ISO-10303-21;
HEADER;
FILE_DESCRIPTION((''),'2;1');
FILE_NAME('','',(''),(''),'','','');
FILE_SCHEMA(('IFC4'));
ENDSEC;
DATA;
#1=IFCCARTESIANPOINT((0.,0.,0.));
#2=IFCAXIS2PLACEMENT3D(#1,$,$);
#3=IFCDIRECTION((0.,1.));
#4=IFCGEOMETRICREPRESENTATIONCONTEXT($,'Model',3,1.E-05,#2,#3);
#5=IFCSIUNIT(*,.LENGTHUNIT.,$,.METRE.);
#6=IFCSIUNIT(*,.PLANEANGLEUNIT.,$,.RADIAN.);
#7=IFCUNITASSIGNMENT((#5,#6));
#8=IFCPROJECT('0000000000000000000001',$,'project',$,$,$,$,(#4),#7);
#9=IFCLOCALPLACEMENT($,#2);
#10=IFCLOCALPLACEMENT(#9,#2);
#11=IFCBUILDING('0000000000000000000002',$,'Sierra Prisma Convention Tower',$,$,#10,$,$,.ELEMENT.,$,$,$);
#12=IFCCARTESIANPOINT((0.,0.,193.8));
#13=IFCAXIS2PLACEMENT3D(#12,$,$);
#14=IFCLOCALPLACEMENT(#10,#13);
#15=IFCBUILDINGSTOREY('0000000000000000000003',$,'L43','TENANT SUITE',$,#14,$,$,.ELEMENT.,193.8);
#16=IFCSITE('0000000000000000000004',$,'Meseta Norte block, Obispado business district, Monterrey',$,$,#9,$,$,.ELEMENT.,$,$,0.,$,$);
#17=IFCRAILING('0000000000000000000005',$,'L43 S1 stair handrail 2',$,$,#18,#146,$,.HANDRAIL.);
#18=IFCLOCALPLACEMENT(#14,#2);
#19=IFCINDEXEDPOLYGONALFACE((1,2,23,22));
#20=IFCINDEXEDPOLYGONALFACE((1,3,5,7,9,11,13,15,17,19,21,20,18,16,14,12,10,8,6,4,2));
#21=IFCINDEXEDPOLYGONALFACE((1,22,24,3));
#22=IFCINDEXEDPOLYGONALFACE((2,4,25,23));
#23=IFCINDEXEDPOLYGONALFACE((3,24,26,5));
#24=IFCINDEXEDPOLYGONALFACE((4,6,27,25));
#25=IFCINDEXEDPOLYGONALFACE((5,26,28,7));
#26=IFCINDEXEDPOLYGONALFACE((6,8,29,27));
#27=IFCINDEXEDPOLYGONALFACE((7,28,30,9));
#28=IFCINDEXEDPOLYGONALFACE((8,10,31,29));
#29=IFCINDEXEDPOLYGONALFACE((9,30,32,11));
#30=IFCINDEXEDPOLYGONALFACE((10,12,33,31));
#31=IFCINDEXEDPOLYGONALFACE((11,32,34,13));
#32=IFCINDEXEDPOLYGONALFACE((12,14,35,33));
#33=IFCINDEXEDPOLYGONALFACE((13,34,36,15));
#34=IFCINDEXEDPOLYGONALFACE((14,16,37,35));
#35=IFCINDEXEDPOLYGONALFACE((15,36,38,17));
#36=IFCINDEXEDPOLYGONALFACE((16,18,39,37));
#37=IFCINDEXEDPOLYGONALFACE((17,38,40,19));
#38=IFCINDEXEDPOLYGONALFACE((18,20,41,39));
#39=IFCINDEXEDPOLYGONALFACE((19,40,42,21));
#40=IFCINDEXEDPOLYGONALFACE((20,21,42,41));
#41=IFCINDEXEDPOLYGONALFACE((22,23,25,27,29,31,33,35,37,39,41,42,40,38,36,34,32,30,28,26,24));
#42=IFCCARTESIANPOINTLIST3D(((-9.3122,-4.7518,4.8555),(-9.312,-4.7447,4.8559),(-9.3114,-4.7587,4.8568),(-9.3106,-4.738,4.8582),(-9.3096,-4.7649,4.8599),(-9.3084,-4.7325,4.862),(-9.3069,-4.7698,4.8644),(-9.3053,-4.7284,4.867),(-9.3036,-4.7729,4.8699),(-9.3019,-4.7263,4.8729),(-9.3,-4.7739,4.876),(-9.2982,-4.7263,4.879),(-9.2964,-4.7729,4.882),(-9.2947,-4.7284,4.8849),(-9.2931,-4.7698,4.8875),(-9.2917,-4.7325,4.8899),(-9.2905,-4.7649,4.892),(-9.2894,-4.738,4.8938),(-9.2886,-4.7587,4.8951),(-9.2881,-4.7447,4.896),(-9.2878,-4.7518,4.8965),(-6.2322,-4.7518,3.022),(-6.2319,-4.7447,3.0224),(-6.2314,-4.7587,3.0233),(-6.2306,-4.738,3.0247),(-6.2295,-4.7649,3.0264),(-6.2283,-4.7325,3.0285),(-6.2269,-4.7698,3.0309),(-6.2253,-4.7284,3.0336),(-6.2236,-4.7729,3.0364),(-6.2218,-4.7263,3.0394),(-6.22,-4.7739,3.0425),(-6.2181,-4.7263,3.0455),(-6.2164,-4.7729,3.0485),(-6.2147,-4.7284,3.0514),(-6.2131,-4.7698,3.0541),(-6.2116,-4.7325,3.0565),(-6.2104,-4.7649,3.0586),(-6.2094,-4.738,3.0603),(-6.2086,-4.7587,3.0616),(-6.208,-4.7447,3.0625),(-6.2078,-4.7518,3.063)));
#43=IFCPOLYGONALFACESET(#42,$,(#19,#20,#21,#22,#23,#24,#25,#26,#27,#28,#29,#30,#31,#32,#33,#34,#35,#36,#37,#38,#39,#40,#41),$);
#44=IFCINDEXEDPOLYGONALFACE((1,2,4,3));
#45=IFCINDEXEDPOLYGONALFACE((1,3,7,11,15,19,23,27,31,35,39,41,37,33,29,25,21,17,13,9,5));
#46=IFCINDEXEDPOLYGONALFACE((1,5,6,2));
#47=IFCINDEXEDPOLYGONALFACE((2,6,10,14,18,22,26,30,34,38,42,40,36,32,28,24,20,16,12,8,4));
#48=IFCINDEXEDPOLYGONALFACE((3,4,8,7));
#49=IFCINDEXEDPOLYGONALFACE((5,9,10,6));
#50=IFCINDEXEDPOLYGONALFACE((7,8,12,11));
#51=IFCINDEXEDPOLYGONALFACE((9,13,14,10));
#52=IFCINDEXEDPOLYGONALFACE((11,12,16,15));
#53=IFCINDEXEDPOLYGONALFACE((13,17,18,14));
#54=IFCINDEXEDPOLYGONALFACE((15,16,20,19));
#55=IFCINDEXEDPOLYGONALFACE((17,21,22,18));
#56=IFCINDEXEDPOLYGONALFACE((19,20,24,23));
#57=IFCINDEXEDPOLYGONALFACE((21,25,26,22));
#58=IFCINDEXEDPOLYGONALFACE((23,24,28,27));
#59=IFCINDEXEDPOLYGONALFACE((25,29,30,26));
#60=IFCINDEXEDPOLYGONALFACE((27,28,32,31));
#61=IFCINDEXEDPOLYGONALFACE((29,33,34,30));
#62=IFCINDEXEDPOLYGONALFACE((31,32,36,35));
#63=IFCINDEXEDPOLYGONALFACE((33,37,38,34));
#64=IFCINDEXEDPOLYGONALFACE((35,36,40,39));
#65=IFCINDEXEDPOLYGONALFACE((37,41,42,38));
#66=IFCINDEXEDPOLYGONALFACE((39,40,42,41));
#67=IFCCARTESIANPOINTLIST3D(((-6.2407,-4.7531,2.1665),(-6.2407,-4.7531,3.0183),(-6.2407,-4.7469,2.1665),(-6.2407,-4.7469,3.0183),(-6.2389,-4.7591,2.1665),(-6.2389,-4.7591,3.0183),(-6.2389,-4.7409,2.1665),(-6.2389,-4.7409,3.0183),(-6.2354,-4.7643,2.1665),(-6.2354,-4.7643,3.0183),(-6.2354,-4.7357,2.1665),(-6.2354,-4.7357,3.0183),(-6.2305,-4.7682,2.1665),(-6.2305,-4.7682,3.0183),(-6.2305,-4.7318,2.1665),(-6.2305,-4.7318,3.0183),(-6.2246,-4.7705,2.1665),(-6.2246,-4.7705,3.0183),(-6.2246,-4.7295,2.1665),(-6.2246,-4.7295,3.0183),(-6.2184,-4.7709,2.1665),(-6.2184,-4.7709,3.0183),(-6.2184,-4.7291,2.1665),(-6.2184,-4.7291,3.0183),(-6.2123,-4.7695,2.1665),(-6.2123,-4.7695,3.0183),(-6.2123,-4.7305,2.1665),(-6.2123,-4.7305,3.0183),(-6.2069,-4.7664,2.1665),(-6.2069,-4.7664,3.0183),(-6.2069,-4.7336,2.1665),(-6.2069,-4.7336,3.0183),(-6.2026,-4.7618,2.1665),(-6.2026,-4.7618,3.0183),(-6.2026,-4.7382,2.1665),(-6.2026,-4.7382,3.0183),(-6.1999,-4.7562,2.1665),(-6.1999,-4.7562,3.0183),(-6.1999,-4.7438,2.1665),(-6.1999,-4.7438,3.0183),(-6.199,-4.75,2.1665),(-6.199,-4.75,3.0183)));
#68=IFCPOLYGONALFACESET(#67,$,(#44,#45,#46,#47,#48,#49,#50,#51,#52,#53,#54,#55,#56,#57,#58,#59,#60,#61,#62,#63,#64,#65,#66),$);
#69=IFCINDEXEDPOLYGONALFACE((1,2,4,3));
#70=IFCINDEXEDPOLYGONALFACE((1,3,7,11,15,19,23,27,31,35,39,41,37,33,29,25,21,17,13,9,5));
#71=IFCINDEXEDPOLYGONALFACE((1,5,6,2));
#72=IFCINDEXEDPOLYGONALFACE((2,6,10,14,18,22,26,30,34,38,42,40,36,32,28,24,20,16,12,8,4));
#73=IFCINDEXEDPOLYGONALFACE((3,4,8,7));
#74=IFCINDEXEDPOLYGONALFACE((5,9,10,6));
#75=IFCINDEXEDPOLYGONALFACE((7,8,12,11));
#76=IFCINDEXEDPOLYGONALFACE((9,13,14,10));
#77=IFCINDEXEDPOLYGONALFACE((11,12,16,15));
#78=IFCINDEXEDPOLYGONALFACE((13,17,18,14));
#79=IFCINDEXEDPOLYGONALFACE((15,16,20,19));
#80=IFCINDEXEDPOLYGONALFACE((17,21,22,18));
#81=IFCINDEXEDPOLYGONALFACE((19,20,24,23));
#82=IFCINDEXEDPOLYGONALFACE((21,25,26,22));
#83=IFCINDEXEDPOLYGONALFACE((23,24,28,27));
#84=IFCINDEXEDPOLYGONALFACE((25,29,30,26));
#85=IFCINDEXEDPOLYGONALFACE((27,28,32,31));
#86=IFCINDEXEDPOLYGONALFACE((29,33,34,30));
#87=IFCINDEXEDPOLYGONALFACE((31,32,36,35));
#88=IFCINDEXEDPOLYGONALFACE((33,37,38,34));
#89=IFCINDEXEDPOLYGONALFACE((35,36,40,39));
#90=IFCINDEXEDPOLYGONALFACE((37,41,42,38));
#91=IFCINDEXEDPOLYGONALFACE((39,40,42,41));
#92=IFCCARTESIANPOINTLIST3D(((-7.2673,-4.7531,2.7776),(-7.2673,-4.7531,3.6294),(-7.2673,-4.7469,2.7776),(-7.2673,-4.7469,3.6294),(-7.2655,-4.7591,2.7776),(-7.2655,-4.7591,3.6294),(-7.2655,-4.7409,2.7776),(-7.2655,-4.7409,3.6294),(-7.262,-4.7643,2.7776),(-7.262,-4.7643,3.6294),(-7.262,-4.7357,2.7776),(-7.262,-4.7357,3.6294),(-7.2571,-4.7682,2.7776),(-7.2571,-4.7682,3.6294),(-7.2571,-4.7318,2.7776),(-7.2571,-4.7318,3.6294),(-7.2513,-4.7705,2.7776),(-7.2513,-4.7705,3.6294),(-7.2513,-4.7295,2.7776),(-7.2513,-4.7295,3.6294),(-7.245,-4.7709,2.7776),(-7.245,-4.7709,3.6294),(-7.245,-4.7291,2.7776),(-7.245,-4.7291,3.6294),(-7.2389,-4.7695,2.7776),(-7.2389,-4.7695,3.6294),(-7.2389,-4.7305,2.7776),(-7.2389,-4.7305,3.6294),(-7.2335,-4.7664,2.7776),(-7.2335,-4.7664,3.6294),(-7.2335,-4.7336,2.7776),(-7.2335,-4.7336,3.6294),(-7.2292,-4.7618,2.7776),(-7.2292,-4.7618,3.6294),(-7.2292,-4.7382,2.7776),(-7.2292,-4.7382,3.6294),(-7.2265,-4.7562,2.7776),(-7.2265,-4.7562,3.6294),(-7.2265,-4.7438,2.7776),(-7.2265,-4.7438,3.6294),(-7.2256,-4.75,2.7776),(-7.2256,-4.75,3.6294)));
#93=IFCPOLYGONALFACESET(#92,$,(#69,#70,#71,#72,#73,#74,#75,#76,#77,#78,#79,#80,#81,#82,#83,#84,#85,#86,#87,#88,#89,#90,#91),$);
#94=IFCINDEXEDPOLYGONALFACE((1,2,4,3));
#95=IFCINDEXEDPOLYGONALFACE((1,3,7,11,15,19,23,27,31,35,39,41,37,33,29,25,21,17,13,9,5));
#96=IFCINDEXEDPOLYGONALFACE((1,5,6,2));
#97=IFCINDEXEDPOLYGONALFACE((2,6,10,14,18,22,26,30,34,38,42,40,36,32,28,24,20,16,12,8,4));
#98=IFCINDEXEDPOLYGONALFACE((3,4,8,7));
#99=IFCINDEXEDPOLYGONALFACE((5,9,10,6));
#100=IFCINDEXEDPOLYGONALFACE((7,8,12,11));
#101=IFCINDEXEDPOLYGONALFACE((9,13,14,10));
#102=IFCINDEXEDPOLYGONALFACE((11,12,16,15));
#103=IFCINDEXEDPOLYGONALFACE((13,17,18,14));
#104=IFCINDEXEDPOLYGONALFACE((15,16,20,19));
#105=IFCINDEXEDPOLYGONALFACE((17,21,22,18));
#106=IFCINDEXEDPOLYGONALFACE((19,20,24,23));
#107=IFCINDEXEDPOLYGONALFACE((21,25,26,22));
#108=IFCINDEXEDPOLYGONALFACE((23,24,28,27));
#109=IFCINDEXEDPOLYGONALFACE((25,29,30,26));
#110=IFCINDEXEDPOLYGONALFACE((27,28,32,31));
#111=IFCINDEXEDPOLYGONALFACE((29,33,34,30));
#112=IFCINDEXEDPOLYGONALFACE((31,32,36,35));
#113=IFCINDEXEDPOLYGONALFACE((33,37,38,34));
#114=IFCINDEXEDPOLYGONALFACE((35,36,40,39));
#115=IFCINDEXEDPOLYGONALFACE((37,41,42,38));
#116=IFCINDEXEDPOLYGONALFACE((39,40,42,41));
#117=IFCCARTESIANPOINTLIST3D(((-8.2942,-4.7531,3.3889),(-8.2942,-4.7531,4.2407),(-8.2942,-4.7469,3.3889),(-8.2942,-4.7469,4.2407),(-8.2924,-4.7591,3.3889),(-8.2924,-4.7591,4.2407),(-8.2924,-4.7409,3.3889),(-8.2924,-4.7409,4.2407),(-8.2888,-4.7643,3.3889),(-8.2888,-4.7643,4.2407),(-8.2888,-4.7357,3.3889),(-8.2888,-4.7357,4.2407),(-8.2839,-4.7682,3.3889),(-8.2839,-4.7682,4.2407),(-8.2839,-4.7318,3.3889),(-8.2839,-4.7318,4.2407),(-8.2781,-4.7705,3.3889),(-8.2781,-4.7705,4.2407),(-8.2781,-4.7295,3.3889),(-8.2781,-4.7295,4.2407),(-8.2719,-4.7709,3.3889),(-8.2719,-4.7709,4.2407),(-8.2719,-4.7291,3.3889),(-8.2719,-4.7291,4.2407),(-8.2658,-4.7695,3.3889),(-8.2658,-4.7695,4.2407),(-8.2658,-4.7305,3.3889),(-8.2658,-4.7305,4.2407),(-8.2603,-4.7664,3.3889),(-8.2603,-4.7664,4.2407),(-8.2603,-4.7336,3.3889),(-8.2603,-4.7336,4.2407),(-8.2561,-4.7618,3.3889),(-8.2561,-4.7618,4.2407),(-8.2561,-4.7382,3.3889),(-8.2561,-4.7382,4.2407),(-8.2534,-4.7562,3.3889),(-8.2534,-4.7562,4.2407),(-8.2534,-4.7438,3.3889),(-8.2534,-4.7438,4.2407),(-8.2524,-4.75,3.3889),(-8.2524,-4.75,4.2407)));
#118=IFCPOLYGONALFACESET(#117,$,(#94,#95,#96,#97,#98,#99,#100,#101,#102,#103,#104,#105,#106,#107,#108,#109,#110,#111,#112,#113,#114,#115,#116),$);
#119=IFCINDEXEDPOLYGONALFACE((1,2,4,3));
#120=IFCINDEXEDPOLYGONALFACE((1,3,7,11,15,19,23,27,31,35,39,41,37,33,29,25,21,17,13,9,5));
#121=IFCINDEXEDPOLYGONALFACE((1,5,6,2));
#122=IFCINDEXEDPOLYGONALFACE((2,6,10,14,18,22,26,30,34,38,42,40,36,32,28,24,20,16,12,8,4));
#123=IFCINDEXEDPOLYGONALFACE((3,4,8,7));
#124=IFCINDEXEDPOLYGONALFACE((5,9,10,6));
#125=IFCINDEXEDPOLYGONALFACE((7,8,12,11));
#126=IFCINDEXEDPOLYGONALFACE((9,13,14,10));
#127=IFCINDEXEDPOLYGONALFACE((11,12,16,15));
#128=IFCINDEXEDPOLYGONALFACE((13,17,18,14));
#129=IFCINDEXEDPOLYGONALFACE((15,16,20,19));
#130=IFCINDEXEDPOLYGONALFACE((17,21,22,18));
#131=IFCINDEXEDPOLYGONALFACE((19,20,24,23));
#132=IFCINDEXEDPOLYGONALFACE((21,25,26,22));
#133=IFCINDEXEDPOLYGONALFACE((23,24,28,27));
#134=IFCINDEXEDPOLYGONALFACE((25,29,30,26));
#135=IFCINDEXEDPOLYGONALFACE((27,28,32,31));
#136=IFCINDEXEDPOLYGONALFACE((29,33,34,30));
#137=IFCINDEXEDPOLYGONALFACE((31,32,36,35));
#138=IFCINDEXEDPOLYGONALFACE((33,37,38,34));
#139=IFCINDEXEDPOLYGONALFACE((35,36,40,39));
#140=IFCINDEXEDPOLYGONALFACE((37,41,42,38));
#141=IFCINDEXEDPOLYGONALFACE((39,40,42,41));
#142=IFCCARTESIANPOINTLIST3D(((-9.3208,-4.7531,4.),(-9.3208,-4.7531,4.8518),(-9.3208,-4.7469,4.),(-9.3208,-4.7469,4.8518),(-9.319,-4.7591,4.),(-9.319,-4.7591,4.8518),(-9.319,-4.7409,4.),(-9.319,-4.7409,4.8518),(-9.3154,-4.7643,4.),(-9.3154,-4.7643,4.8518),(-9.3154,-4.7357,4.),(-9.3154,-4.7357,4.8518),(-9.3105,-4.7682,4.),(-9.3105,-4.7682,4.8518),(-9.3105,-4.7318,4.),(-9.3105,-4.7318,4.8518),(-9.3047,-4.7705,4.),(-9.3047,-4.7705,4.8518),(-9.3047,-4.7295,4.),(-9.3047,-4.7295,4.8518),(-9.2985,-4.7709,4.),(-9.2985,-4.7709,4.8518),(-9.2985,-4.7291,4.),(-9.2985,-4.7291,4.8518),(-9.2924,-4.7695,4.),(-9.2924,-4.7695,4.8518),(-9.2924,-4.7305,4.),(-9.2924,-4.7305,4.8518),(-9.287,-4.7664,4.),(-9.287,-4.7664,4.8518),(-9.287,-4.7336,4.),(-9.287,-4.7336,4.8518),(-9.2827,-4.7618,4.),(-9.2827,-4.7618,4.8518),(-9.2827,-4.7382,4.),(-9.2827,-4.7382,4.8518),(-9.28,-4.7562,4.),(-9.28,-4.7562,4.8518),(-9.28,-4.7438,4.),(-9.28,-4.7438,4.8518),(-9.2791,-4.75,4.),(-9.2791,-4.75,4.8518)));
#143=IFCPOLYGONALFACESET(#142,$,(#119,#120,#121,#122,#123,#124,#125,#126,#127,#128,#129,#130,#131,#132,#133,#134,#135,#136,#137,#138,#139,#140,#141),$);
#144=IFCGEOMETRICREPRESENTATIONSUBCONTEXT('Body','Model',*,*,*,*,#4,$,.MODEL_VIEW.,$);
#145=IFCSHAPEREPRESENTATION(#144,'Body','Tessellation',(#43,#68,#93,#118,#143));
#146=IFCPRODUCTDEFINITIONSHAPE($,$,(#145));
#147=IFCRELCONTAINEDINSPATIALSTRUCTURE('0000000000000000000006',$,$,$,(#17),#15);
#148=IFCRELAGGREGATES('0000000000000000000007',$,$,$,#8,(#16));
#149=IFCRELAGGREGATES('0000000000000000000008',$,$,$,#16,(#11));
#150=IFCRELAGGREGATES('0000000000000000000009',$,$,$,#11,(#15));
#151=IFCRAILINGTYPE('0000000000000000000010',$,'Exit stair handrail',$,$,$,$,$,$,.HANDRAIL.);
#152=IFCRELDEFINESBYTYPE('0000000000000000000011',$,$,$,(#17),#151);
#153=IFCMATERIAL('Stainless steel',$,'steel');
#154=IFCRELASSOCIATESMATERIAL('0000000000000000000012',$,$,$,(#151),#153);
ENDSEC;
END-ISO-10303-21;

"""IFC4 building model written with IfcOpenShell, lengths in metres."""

from ifc_helpers import new_model, si_unit, direction, frame, origin, origin_2d, place, context, subcontext, project, spatial, circle, extrude, material, type_object, element, save


model = new_model("IFC4")

# Units and contexts
model_context = context("Model", 3, precision=1e-05, world=origin(), true_north=direction((0.0, 1.0)))
body_context = subcontext(model_context, "Body", "Model", "MODEL_VIEW")
ifc_project = project(units=[si_unit("LENGTHUNIT", "METRE"), si_unit("PLANEANGLEUNIT", "RADIAN")], contexts=[model_context])

# Site, building, storey
site_placement = place(None, origin())
site = spatial("IfcSite", under=ifc_project, at=site_placement, Name="Meseta Norte block, Obispado business district, Monterrey", CompositionType="ELEMENT", RefElevation=0.0)
building_placement = place(site_placement, origin())
building = spatial("IfcBuilding", under=site, at=building_placement, Name="Sierra Prisma Convention Tower", CompositionType="ELEMENT")
storey_placement = place(building_placement, frame((0.0, 0.0, 193.8)))
storey = spatial("IfcBuildingStorey", under=building, at=storey_placement, Name="L43", Description="TENANT SUITE", CompositionType="ELEMENT", Elevation=193.8)

# Railing
ifc_material_1 = material(Name="Stainless steel", Category="steel")
railing_type_1 = type_object("IfcRailingType", Name="Exit stair handrail", PredefinedType="HANDRAIL", material=ifc_material_1)
railing_1_placement = place(storey_placement, frame((-6.22, -4.75, 2.1665)))
element("IfcRailing", 1, at=railing_1_placement, inside=storey, type_object=railing_type_1, Name="L43 S1 stair handrail 2", PredefinedType="HANDRAIL", context=body_context, shape_type="SweptSolid", body=[
    extrude(circle(Radius=0.0239, at=origin_2d()), frame((0.0, 0.0, 0.876), z_axis=(-0.859279, 0.0, 0.511508), x_axis=(0.0, -1.0, 0.0)), (0.0, 0.0, 1.0), 3.5845),
    extrude(circle(Radius=0.021, at=origin_2d()), origin(), (0.0, 0.0, 1.0), 0.8518),
    extrude(circle(Radius=0.021, at=origin_2d()), frame((-1.0266, 0.0, 0.6111)), (0.0, 0.0, 1.0), 0.8518),
    extrude(circle(Radius=0.021, at=origin_2d()), frame((-2.0535, 0.0, 1.2224)), (0.0, 0.0, 1.0), 0.8518),
    extrude(circle(Radius=0.021, at=origin_2d()), frame((-3.0801, 0.0, 1.8335)), (0.0, 0.0, 1.0), 0.8518),
])

save(model, "model.ifc")
